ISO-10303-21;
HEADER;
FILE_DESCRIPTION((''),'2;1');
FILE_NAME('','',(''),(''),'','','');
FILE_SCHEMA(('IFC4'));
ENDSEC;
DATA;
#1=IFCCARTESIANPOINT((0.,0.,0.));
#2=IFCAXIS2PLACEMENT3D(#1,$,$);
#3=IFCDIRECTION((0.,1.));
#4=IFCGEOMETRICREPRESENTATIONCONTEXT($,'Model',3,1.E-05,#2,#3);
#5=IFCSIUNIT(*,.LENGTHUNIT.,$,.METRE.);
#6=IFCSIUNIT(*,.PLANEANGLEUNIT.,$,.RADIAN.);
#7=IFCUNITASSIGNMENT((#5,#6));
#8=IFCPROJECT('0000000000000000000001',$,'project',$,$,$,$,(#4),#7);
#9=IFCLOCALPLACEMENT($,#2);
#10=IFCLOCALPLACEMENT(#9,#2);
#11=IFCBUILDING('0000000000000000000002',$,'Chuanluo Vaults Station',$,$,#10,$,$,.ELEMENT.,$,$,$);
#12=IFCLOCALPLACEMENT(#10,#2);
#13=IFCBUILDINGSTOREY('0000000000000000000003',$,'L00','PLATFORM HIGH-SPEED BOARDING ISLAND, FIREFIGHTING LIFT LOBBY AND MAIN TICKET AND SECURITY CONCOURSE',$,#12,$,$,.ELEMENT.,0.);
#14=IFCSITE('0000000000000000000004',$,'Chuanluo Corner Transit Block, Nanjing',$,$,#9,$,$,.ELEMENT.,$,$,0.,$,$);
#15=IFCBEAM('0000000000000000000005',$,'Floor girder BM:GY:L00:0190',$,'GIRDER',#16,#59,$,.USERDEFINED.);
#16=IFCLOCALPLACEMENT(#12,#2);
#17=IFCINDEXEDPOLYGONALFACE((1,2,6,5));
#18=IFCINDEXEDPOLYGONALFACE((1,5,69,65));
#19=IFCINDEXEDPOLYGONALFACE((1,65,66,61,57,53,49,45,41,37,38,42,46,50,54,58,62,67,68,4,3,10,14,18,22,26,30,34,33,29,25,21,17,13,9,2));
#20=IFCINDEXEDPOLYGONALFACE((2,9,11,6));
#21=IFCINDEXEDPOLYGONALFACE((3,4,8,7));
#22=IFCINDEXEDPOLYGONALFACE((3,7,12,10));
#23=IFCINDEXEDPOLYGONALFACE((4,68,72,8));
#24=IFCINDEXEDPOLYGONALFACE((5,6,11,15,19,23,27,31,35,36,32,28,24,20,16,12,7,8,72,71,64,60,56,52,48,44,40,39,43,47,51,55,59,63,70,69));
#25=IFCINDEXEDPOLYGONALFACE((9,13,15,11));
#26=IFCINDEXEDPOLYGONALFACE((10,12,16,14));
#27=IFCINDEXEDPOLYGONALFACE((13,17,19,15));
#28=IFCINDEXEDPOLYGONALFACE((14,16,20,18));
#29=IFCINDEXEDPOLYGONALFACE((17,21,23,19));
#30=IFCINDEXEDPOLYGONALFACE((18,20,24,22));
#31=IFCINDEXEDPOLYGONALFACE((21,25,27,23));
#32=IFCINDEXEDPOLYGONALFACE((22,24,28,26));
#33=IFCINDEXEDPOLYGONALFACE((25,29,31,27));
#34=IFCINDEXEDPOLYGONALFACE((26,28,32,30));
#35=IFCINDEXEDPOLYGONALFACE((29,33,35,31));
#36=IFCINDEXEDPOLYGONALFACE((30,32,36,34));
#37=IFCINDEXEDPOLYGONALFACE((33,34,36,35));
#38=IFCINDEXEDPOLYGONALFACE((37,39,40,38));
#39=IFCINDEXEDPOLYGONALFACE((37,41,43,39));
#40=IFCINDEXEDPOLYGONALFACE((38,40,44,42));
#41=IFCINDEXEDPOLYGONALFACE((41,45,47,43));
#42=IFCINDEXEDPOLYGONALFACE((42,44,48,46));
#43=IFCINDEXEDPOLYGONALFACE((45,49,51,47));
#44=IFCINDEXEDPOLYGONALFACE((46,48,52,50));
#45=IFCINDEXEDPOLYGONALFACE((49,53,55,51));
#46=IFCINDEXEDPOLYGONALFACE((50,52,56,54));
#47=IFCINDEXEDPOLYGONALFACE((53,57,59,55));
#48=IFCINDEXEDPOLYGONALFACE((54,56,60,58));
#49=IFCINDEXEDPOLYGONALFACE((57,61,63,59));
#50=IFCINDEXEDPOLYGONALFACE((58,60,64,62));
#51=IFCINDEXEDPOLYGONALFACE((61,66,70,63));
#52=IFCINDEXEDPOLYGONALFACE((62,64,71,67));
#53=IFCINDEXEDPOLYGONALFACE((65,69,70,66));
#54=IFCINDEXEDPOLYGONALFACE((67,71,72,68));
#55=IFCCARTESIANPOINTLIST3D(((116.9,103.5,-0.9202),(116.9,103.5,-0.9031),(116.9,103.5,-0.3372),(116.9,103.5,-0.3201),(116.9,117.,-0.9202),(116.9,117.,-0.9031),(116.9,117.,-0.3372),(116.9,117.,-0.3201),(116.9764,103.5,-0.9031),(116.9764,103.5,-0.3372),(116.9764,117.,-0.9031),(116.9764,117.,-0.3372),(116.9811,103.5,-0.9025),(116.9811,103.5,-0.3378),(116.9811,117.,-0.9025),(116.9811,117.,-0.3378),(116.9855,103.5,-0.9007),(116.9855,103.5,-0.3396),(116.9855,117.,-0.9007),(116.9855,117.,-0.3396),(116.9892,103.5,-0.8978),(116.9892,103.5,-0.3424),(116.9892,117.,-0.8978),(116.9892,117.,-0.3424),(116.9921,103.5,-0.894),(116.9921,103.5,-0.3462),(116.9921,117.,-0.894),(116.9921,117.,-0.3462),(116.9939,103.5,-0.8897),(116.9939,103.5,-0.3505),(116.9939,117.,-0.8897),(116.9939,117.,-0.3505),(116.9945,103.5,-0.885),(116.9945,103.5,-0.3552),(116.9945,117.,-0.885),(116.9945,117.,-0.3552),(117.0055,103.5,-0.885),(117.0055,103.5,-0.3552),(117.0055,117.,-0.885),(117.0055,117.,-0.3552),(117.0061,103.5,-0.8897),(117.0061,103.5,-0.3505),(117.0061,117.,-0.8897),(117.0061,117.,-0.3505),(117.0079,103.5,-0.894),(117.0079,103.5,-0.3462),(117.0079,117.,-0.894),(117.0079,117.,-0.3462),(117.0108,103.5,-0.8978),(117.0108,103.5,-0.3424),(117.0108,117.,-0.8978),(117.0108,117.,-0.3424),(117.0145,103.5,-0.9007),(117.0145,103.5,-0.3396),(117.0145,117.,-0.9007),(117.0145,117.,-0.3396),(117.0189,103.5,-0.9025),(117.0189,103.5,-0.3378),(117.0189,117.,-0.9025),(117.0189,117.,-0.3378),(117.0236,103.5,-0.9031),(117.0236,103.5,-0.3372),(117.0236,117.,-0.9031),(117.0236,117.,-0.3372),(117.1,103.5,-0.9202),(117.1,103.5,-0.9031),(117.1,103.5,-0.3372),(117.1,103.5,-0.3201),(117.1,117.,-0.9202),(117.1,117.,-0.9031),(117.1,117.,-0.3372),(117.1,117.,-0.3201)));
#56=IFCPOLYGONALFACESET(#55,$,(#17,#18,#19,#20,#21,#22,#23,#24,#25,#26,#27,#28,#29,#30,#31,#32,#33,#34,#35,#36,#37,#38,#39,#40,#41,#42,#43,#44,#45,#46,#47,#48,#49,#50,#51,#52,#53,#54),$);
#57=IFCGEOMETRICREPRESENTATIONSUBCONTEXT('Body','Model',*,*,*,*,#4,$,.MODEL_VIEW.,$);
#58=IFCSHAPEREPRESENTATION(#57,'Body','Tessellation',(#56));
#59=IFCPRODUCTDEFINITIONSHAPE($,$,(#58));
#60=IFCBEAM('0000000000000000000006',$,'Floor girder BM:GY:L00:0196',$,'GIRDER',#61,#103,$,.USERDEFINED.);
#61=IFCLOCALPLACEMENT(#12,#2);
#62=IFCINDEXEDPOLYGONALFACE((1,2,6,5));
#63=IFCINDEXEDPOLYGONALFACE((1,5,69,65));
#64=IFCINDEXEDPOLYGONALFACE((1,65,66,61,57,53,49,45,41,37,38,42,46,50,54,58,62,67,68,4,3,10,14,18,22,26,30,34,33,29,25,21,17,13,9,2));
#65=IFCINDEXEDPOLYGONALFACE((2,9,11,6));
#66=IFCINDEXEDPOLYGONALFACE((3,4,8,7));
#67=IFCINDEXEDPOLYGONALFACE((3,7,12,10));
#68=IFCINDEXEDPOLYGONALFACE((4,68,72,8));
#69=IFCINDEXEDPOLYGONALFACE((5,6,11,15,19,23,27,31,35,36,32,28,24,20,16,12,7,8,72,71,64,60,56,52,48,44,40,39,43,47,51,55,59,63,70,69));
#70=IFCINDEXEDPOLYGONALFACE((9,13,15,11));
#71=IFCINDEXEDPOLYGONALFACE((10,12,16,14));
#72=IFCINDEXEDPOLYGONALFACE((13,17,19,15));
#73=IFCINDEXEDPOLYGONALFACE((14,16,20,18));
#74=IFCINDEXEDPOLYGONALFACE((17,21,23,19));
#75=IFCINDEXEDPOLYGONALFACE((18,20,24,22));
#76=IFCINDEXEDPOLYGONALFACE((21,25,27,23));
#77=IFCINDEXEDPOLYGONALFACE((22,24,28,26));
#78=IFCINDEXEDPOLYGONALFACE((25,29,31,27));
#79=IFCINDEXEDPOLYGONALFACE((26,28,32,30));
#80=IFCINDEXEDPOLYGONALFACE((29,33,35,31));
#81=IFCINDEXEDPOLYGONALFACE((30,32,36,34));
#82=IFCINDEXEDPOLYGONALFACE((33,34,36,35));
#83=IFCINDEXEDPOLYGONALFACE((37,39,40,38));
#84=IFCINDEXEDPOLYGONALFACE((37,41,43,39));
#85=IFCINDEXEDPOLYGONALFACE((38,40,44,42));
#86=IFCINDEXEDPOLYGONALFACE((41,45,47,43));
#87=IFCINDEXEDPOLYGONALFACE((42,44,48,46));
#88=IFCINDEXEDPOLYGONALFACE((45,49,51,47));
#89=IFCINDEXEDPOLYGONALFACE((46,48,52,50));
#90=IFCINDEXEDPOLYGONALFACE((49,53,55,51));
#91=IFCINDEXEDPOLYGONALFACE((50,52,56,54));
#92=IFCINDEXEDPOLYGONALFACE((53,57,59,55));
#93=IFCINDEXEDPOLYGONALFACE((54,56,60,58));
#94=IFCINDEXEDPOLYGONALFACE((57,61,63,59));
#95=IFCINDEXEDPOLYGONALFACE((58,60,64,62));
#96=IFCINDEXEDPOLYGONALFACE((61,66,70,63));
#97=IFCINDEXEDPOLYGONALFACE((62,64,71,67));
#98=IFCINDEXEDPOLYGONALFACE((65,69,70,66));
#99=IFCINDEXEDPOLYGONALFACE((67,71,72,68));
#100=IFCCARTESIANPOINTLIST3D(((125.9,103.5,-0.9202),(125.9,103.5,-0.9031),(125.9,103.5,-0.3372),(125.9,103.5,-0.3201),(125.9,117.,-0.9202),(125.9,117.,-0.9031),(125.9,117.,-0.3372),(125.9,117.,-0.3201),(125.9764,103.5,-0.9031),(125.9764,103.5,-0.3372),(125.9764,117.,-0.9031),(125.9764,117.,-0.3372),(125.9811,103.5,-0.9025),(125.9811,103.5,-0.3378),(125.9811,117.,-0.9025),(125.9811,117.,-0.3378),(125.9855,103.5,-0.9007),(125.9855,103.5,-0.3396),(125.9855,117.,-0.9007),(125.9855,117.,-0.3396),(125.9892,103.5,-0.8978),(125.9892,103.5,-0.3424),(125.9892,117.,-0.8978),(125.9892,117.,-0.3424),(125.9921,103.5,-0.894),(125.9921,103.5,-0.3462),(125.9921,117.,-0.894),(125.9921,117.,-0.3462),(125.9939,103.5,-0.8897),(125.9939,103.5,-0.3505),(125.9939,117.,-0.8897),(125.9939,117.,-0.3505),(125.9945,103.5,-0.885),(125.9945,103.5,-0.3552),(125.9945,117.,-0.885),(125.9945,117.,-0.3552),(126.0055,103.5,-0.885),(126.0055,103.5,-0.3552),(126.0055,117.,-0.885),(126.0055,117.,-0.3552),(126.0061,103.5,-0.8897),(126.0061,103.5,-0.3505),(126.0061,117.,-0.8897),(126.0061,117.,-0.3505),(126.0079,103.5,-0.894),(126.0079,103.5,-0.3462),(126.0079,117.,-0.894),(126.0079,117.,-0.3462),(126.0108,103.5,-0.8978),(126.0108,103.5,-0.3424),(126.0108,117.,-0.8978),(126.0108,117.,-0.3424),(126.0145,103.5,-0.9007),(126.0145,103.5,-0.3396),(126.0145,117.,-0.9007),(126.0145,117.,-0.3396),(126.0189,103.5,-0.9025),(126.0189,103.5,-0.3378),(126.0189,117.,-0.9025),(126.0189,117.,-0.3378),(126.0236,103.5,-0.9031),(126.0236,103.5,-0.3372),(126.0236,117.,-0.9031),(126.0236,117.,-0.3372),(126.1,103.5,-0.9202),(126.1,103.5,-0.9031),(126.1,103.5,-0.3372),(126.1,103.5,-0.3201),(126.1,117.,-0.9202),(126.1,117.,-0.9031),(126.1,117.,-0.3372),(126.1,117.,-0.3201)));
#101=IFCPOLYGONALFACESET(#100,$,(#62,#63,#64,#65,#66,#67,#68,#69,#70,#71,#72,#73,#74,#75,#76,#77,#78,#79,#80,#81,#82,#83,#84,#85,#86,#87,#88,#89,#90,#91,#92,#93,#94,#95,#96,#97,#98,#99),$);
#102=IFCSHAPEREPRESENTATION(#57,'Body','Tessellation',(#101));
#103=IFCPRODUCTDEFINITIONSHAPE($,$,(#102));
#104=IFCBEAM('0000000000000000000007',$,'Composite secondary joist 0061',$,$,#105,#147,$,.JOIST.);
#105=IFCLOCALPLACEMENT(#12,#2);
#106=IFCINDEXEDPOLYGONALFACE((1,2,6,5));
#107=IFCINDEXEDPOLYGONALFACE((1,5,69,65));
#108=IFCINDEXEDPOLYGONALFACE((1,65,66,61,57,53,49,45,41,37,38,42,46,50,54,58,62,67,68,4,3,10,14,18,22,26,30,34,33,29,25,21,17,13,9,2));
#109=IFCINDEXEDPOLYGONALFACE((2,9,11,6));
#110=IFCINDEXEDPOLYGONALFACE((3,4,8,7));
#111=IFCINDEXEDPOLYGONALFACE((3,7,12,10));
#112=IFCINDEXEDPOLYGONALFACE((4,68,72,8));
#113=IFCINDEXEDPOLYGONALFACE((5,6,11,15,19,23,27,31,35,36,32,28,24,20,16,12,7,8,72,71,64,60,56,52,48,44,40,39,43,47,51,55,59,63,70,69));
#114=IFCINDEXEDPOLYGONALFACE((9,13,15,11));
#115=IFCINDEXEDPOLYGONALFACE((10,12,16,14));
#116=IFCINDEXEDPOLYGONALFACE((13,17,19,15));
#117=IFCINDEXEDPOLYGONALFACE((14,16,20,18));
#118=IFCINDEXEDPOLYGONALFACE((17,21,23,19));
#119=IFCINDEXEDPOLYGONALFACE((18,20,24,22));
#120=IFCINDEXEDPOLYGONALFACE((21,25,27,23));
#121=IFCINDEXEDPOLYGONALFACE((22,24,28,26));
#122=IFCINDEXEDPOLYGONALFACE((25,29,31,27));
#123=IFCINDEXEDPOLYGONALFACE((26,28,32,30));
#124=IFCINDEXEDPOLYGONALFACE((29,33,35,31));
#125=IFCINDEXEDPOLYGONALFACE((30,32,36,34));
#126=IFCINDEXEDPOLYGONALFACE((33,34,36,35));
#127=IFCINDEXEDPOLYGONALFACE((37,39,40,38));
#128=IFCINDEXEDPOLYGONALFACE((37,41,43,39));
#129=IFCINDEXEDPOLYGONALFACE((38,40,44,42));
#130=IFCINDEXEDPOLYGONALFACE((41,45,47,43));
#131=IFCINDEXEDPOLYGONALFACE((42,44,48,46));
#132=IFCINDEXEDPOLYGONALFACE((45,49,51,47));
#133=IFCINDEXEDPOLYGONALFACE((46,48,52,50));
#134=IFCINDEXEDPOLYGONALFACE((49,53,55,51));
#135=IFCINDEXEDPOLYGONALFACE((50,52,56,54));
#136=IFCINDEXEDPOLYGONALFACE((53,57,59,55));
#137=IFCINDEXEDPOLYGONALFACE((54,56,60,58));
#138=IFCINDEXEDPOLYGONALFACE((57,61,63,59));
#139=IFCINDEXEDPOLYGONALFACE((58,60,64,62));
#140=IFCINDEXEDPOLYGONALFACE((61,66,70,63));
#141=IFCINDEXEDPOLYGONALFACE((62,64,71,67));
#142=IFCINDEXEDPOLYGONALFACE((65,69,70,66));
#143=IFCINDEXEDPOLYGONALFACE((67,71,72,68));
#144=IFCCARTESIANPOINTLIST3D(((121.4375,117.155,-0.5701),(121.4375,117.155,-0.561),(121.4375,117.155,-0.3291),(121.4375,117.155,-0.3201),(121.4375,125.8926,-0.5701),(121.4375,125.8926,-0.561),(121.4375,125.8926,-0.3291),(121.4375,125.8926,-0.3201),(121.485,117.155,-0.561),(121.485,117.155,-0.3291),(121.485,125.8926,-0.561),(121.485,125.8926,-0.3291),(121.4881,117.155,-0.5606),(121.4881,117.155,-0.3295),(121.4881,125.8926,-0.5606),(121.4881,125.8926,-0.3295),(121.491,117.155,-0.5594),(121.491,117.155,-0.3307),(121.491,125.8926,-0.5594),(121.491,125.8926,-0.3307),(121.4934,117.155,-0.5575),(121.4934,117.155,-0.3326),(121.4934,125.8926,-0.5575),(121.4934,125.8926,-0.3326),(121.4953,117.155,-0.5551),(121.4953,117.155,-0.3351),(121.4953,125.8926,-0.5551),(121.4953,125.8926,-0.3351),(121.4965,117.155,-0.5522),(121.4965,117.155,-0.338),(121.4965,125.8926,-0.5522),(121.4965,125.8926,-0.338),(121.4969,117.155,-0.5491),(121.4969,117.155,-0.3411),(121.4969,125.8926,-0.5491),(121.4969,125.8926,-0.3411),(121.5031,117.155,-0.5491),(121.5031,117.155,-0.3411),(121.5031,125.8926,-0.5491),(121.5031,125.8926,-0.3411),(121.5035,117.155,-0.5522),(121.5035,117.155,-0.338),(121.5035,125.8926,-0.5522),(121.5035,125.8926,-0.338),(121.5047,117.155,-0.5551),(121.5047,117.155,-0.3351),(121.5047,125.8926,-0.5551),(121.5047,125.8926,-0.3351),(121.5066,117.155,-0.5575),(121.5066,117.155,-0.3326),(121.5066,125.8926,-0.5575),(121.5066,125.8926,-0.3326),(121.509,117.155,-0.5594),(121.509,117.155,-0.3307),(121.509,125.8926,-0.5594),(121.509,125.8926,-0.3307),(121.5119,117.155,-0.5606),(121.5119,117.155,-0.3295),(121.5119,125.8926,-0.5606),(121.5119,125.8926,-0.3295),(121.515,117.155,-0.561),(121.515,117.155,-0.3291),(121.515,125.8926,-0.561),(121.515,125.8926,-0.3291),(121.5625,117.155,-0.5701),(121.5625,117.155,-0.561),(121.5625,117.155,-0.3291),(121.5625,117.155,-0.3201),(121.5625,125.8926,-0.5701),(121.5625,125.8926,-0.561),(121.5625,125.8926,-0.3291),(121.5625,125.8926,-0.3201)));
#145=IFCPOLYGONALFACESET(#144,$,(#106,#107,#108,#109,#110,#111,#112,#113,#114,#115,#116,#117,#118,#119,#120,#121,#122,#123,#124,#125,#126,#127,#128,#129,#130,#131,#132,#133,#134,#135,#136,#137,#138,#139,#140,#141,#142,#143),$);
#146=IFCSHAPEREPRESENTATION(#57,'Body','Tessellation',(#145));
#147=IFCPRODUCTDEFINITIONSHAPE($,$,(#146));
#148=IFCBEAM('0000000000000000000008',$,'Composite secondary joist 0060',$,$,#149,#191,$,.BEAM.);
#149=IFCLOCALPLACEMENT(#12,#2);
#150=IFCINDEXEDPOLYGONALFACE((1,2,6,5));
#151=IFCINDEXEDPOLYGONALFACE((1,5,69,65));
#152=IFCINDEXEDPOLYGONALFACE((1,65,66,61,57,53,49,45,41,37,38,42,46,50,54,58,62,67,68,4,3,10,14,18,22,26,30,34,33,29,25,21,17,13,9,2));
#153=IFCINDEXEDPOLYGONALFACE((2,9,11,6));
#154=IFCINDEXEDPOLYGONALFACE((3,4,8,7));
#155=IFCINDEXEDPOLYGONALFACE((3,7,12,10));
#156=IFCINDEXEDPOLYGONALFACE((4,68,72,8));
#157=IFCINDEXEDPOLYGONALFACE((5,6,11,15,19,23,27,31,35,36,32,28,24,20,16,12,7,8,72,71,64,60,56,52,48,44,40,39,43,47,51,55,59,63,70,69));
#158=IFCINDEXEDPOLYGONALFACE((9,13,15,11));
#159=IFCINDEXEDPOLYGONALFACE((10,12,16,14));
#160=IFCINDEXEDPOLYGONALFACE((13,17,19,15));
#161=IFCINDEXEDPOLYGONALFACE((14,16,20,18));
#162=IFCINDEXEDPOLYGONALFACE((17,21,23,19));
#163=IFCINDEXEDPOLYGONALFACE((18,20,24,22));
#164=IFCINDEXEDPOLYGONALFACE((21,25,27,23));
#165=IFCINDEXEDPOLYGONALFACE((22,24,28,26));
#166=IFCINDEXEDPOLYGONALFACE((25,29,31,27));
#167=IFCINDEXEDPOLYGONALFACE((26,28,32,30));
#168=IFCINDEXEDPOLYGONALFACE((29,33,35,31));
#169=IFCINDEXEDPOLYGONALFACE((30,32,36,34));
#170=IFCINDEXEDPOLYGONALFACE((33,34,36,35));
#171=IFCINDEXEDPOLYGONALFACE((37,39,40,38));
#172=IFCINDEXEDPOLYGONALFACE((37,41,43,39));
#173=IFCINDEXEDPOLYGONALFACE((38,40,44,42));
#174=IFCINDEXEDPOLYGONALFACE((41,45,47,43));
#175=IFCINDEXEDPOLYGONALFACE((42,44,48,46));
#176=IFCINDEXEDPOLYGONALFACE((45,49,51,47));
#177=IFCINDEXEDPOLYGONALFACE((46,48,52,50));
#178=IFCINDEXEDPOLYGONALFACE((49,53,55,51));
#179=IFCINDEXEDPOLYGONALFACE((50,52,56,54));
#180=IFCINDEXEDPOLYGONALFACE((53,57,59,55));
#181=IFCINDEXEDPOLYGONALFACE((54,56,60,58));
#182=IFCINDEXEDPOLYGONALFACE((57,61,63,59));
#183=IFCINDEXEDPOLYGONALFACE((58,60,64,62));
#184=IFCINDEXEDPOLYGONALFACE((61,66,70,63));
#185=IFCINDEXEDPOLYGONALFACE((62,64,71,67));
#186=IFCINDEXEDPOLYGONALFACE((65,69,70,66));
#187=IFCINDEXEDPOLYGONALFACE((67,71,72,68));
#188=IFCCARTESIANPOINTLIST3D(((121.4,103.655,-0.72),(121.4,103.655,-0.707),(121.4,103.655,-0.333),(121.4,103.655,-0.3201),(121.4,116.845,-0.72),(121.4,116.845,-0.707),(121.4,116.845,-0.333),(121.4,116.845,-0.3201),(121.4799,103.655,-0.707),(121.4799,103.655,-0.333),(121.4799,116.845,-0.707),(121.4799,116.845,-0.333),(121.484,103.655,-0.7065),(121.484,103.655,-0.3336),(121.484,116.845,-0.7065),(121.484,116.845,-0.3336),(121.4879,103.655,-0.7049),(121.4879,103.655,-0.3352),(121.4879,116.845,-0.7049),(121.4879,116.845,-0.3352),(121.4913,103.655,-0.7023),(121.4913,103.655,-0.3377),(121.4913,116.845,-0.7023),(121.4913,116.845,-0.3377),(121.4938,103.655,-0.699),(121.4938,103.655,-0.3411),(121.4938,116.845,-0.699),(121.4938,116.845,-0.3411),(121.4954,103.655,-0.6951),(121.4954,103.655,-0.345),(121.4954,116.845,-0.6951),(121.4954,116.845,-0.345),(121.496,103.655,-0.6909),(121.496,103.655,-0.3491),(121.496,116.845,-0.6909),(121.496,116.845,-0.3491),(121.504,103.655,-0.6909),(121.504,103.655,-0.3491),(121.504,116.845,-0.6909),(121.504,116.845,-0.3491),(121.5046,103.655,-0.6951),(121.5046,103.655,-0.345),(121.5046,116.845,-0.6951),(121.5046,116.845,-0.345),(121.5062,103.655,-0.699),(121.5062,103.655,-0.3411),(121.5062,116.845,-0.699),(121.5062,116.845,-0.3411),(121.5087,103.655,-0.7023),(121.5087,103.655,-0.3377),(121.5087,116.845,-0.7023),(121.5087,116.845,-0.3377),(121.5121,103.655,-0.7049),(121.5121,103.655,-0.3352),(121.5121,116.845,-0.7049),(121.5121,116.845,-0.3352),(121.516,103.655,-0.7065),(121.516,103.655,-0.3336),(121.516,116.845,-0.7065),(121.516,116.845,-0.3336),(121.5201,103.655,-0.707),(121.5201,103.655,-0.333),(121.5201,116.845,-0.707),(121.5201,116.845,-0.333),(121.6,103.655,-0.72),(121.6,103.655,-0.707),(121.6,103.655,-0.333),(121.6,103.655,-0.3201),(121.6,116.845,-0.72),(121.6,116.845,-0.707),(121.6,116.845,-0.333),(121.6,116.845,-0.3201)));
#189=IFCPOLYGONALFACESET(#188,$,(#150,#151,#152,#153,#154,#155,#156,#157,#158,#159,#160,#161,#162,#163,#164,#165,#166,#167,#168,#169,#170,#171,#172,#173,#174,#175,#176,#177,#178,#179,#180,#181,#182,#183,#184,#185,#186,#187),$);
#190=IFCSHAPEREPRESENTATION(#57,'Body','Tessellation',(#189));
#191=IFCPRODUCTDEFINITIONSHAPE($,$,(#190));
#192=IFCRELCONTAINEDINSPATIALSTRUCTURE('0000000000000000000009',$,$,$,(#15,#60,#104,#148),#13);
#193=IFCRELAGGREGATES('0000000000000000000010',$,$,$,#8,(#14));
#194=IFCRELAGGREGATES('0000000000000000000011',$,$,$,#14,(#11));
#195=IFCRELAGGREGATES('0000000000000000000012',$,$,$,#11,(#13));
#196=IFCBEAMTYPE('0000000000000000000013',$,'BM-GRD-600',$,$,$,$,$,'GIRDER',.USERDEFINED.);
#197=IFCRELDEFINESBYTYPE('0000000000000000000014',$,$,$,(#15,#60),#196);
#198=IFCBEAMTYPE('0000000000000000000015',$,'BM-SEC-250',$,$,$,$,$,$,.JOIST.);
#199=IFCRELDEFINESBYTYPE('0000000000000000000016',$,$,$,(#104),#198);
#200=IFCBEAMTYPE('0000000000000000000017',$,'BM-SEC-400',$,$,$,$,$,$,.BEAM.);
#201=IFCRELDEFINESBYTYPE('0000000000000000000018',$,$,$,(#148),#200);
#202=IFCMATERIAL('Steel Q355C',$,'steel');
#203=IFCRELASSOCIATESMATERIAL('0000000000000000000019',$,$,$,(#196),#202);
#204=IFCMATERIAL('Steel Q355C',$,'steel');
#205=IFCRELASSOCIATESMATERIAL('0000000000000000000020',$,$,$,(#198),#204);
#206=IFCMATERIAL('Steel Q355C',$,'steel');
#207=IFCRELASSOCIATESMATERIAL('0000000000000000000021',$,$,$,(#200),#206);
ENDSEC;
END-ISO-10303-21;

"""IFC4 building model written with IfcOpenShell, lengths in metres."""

from ifc_helpers import new_model, si_unit, direction, frame, origin, origin_2d, place, context, subcontext, project, spatial, i_section, extrude, material, material_profile, profile_set, type_object, element, save


model = new_model("IFC4")

# Units and contexts
model_context = context("Model", 3, precision=1e-05, world=origin(), true_north=direction((0.0, 1.0)))
body_context = subcontext(model_context, "Body", "Model", "MODEL_VIEW")
ifc_project = project(units=[si_unit("LENGTHUNIT", "METRE"), si_unit("PLANEANGLEUNIT", "RADIAN")], contexts=[model_context])

# Site, building, storey
site_placement = place(None, origin())
site = spatial("IfcSite", under=ifc_project, at=site_placement, Name="Chuanluo Corner Transit Block, Nanjing", CompositionType="ELEMENT", RefElevation=0.0)
building_placement = place(site_placement, origin())
building = spatial("IfcBuilding", under=site, at=building_placement, Name="Chuanluo Vaults Station", CompositionType="ELEMENT")
storey_placement = place(building_placement, origin())
storey = spatial("IfcBuildingStorey", under=building, at=storey_placement, Name="L00", Description="PLATFORM HIGH-SPEED BOARDING ISLAND, FIREFIGHTING LIFT LOBBY AND MAIN TICKET AND SECURITY CONCOURSE", CompositionType="ELEMENT", Elevation=0.0)

# Beams
ifc_material_1 = material(Name="Steel Q355C", Category="steel")
ifc_material_profile_1 = material_profile(ifc_material_1, i_section(OverallWidth=0.2, OverallDepth=0.6001, WebThickness=0.011, FlangeThickness=0.0171, FilletRadius=0.0181, at=origin_2d()))
ifc_profile_set_1 = profile_set([ifc_material_profile_1], Name="Steel Q355C")
beam_type_1 = type_object("IfcBeamType", Name="BM-GRD-600", ElementType="GIRDER", PredefinedType="USERDEFINED", material=ifc_profile_set_1)
for number, where, z_axis, x_axis, name in (
    (1, (117.0, 103.5, -0.6201), (0.0, 1.0, 0.0), (-1.0, 0.0, 0.0), "Floor girder BM:GY:L00:0190"),
    (2, (126.0, 103.5, -0.6201), (0.0, 1.0, 0.0), (-1.0, 0.0, 0.0), "Floor girder BM:GY:L00:0196"),
):
    element("IfcBeam", number, at=place(storey_placement, frame(where, z_axis=z_axis, x_axis=x_axis)), inside=storey, type_object=beam_type_1, Name=name, ObjectType="GIRDER", PredefinedType="USERDEFINED", context=body_context, shape_type="SweptSolid", body=[
        extrude(i_section(OverallWidth=0.2, OverallDepth=0.6001, WebThickness=0.011, FlangeThickness=0.0171, FilletRadius=0.0181, at=origin_2d()), origin(), (0.0, 0.0, 1.0), 13.5),
    ])
ifc_material_2 = material(Name="Steel Q355C", Category="steel")
ifc_material_profile_2 = material_profile(ifc_material_2, i_section(OverallWidth=0.125, OverallDepth=0.25, WebThickness=0.0061, FlangeThickness=0.009, FilletRadius=0.012, at=origin_2d()))
ifc_profile_set_2 = profile_set([ifc_material_profile_2], Name="Steel Q355C")
beam_type_2 = type_object("IfcBeamType", Name="BM-SEC-250", PredefinedType="JOIST", material=ifc_profile_set_2)
beam_1_placement = place(storey_placement, frame((121.5, 117.155, -0.4451), z_axis=(0.0, 1.0, 0.0), x_axis=(-1.0, 0.0, 0.0)))
element("IfcBeam", 3, at=beam_1_placement, inside=storey, type_object=beam_type_2, Name="Composite secondary joist 0061", PredefinedType="JOIST", context=body_context, shape_type="SweptSolid", body=[
    extrude(i_section(OverallWidth=0.125, OverallDepth=0.25, WebThickness=0.0061, FlangeThickness=0.009, FilletRadius=0.012, at=origin_2d()), origin(), (0.0, 0.0, 1.0), 8.7375),
])
ifc_material_3 = material(Name="Steel Q355C", Category="steel")
ifc_material_profile_3 = material_profile(ifc_material_3, i_section(OverallWidth=0.2, OverallDepth=0.3999, WebThickness=0.0081, FlangeThickness=0.0129, FilletRadius=0.0161, at=origin_2d()))
ifc_profile_set_3 = profile_set([ifc_material_profile_3], Name="Steel Q355C")
beam_type_3 = type_object("IfcBeamType", Name="BM-SEC-400", PredefinedType="BEAM", material=ifc_profile_set_3)
beam_2_placement = place(storey_placement, frame((121.5, 103.655, -0.52), z_axis=(0.0, 1.0, 0.0), x_axis=(-1.0, 0.0, 0.0)))
element("IfcBeam", 4, at=beam_2_placement, inside=storey, type_object=beam_type_3, Name="Composite secondary joist 0060", PredefinedType="BEAM", context=body_context, shape_type="SweptSolid", body=[
    extrude(i_section(OverallWidth=0.2, OverallDepth=0.3999, WebThickness=0.0081, FlangeThickness=0.0129, FilletRadius=0.0161, at=origin_2d()), origin(), (0.0, 0.0, 1.0), 13.1899),
])

save(model, "model.ifc")
